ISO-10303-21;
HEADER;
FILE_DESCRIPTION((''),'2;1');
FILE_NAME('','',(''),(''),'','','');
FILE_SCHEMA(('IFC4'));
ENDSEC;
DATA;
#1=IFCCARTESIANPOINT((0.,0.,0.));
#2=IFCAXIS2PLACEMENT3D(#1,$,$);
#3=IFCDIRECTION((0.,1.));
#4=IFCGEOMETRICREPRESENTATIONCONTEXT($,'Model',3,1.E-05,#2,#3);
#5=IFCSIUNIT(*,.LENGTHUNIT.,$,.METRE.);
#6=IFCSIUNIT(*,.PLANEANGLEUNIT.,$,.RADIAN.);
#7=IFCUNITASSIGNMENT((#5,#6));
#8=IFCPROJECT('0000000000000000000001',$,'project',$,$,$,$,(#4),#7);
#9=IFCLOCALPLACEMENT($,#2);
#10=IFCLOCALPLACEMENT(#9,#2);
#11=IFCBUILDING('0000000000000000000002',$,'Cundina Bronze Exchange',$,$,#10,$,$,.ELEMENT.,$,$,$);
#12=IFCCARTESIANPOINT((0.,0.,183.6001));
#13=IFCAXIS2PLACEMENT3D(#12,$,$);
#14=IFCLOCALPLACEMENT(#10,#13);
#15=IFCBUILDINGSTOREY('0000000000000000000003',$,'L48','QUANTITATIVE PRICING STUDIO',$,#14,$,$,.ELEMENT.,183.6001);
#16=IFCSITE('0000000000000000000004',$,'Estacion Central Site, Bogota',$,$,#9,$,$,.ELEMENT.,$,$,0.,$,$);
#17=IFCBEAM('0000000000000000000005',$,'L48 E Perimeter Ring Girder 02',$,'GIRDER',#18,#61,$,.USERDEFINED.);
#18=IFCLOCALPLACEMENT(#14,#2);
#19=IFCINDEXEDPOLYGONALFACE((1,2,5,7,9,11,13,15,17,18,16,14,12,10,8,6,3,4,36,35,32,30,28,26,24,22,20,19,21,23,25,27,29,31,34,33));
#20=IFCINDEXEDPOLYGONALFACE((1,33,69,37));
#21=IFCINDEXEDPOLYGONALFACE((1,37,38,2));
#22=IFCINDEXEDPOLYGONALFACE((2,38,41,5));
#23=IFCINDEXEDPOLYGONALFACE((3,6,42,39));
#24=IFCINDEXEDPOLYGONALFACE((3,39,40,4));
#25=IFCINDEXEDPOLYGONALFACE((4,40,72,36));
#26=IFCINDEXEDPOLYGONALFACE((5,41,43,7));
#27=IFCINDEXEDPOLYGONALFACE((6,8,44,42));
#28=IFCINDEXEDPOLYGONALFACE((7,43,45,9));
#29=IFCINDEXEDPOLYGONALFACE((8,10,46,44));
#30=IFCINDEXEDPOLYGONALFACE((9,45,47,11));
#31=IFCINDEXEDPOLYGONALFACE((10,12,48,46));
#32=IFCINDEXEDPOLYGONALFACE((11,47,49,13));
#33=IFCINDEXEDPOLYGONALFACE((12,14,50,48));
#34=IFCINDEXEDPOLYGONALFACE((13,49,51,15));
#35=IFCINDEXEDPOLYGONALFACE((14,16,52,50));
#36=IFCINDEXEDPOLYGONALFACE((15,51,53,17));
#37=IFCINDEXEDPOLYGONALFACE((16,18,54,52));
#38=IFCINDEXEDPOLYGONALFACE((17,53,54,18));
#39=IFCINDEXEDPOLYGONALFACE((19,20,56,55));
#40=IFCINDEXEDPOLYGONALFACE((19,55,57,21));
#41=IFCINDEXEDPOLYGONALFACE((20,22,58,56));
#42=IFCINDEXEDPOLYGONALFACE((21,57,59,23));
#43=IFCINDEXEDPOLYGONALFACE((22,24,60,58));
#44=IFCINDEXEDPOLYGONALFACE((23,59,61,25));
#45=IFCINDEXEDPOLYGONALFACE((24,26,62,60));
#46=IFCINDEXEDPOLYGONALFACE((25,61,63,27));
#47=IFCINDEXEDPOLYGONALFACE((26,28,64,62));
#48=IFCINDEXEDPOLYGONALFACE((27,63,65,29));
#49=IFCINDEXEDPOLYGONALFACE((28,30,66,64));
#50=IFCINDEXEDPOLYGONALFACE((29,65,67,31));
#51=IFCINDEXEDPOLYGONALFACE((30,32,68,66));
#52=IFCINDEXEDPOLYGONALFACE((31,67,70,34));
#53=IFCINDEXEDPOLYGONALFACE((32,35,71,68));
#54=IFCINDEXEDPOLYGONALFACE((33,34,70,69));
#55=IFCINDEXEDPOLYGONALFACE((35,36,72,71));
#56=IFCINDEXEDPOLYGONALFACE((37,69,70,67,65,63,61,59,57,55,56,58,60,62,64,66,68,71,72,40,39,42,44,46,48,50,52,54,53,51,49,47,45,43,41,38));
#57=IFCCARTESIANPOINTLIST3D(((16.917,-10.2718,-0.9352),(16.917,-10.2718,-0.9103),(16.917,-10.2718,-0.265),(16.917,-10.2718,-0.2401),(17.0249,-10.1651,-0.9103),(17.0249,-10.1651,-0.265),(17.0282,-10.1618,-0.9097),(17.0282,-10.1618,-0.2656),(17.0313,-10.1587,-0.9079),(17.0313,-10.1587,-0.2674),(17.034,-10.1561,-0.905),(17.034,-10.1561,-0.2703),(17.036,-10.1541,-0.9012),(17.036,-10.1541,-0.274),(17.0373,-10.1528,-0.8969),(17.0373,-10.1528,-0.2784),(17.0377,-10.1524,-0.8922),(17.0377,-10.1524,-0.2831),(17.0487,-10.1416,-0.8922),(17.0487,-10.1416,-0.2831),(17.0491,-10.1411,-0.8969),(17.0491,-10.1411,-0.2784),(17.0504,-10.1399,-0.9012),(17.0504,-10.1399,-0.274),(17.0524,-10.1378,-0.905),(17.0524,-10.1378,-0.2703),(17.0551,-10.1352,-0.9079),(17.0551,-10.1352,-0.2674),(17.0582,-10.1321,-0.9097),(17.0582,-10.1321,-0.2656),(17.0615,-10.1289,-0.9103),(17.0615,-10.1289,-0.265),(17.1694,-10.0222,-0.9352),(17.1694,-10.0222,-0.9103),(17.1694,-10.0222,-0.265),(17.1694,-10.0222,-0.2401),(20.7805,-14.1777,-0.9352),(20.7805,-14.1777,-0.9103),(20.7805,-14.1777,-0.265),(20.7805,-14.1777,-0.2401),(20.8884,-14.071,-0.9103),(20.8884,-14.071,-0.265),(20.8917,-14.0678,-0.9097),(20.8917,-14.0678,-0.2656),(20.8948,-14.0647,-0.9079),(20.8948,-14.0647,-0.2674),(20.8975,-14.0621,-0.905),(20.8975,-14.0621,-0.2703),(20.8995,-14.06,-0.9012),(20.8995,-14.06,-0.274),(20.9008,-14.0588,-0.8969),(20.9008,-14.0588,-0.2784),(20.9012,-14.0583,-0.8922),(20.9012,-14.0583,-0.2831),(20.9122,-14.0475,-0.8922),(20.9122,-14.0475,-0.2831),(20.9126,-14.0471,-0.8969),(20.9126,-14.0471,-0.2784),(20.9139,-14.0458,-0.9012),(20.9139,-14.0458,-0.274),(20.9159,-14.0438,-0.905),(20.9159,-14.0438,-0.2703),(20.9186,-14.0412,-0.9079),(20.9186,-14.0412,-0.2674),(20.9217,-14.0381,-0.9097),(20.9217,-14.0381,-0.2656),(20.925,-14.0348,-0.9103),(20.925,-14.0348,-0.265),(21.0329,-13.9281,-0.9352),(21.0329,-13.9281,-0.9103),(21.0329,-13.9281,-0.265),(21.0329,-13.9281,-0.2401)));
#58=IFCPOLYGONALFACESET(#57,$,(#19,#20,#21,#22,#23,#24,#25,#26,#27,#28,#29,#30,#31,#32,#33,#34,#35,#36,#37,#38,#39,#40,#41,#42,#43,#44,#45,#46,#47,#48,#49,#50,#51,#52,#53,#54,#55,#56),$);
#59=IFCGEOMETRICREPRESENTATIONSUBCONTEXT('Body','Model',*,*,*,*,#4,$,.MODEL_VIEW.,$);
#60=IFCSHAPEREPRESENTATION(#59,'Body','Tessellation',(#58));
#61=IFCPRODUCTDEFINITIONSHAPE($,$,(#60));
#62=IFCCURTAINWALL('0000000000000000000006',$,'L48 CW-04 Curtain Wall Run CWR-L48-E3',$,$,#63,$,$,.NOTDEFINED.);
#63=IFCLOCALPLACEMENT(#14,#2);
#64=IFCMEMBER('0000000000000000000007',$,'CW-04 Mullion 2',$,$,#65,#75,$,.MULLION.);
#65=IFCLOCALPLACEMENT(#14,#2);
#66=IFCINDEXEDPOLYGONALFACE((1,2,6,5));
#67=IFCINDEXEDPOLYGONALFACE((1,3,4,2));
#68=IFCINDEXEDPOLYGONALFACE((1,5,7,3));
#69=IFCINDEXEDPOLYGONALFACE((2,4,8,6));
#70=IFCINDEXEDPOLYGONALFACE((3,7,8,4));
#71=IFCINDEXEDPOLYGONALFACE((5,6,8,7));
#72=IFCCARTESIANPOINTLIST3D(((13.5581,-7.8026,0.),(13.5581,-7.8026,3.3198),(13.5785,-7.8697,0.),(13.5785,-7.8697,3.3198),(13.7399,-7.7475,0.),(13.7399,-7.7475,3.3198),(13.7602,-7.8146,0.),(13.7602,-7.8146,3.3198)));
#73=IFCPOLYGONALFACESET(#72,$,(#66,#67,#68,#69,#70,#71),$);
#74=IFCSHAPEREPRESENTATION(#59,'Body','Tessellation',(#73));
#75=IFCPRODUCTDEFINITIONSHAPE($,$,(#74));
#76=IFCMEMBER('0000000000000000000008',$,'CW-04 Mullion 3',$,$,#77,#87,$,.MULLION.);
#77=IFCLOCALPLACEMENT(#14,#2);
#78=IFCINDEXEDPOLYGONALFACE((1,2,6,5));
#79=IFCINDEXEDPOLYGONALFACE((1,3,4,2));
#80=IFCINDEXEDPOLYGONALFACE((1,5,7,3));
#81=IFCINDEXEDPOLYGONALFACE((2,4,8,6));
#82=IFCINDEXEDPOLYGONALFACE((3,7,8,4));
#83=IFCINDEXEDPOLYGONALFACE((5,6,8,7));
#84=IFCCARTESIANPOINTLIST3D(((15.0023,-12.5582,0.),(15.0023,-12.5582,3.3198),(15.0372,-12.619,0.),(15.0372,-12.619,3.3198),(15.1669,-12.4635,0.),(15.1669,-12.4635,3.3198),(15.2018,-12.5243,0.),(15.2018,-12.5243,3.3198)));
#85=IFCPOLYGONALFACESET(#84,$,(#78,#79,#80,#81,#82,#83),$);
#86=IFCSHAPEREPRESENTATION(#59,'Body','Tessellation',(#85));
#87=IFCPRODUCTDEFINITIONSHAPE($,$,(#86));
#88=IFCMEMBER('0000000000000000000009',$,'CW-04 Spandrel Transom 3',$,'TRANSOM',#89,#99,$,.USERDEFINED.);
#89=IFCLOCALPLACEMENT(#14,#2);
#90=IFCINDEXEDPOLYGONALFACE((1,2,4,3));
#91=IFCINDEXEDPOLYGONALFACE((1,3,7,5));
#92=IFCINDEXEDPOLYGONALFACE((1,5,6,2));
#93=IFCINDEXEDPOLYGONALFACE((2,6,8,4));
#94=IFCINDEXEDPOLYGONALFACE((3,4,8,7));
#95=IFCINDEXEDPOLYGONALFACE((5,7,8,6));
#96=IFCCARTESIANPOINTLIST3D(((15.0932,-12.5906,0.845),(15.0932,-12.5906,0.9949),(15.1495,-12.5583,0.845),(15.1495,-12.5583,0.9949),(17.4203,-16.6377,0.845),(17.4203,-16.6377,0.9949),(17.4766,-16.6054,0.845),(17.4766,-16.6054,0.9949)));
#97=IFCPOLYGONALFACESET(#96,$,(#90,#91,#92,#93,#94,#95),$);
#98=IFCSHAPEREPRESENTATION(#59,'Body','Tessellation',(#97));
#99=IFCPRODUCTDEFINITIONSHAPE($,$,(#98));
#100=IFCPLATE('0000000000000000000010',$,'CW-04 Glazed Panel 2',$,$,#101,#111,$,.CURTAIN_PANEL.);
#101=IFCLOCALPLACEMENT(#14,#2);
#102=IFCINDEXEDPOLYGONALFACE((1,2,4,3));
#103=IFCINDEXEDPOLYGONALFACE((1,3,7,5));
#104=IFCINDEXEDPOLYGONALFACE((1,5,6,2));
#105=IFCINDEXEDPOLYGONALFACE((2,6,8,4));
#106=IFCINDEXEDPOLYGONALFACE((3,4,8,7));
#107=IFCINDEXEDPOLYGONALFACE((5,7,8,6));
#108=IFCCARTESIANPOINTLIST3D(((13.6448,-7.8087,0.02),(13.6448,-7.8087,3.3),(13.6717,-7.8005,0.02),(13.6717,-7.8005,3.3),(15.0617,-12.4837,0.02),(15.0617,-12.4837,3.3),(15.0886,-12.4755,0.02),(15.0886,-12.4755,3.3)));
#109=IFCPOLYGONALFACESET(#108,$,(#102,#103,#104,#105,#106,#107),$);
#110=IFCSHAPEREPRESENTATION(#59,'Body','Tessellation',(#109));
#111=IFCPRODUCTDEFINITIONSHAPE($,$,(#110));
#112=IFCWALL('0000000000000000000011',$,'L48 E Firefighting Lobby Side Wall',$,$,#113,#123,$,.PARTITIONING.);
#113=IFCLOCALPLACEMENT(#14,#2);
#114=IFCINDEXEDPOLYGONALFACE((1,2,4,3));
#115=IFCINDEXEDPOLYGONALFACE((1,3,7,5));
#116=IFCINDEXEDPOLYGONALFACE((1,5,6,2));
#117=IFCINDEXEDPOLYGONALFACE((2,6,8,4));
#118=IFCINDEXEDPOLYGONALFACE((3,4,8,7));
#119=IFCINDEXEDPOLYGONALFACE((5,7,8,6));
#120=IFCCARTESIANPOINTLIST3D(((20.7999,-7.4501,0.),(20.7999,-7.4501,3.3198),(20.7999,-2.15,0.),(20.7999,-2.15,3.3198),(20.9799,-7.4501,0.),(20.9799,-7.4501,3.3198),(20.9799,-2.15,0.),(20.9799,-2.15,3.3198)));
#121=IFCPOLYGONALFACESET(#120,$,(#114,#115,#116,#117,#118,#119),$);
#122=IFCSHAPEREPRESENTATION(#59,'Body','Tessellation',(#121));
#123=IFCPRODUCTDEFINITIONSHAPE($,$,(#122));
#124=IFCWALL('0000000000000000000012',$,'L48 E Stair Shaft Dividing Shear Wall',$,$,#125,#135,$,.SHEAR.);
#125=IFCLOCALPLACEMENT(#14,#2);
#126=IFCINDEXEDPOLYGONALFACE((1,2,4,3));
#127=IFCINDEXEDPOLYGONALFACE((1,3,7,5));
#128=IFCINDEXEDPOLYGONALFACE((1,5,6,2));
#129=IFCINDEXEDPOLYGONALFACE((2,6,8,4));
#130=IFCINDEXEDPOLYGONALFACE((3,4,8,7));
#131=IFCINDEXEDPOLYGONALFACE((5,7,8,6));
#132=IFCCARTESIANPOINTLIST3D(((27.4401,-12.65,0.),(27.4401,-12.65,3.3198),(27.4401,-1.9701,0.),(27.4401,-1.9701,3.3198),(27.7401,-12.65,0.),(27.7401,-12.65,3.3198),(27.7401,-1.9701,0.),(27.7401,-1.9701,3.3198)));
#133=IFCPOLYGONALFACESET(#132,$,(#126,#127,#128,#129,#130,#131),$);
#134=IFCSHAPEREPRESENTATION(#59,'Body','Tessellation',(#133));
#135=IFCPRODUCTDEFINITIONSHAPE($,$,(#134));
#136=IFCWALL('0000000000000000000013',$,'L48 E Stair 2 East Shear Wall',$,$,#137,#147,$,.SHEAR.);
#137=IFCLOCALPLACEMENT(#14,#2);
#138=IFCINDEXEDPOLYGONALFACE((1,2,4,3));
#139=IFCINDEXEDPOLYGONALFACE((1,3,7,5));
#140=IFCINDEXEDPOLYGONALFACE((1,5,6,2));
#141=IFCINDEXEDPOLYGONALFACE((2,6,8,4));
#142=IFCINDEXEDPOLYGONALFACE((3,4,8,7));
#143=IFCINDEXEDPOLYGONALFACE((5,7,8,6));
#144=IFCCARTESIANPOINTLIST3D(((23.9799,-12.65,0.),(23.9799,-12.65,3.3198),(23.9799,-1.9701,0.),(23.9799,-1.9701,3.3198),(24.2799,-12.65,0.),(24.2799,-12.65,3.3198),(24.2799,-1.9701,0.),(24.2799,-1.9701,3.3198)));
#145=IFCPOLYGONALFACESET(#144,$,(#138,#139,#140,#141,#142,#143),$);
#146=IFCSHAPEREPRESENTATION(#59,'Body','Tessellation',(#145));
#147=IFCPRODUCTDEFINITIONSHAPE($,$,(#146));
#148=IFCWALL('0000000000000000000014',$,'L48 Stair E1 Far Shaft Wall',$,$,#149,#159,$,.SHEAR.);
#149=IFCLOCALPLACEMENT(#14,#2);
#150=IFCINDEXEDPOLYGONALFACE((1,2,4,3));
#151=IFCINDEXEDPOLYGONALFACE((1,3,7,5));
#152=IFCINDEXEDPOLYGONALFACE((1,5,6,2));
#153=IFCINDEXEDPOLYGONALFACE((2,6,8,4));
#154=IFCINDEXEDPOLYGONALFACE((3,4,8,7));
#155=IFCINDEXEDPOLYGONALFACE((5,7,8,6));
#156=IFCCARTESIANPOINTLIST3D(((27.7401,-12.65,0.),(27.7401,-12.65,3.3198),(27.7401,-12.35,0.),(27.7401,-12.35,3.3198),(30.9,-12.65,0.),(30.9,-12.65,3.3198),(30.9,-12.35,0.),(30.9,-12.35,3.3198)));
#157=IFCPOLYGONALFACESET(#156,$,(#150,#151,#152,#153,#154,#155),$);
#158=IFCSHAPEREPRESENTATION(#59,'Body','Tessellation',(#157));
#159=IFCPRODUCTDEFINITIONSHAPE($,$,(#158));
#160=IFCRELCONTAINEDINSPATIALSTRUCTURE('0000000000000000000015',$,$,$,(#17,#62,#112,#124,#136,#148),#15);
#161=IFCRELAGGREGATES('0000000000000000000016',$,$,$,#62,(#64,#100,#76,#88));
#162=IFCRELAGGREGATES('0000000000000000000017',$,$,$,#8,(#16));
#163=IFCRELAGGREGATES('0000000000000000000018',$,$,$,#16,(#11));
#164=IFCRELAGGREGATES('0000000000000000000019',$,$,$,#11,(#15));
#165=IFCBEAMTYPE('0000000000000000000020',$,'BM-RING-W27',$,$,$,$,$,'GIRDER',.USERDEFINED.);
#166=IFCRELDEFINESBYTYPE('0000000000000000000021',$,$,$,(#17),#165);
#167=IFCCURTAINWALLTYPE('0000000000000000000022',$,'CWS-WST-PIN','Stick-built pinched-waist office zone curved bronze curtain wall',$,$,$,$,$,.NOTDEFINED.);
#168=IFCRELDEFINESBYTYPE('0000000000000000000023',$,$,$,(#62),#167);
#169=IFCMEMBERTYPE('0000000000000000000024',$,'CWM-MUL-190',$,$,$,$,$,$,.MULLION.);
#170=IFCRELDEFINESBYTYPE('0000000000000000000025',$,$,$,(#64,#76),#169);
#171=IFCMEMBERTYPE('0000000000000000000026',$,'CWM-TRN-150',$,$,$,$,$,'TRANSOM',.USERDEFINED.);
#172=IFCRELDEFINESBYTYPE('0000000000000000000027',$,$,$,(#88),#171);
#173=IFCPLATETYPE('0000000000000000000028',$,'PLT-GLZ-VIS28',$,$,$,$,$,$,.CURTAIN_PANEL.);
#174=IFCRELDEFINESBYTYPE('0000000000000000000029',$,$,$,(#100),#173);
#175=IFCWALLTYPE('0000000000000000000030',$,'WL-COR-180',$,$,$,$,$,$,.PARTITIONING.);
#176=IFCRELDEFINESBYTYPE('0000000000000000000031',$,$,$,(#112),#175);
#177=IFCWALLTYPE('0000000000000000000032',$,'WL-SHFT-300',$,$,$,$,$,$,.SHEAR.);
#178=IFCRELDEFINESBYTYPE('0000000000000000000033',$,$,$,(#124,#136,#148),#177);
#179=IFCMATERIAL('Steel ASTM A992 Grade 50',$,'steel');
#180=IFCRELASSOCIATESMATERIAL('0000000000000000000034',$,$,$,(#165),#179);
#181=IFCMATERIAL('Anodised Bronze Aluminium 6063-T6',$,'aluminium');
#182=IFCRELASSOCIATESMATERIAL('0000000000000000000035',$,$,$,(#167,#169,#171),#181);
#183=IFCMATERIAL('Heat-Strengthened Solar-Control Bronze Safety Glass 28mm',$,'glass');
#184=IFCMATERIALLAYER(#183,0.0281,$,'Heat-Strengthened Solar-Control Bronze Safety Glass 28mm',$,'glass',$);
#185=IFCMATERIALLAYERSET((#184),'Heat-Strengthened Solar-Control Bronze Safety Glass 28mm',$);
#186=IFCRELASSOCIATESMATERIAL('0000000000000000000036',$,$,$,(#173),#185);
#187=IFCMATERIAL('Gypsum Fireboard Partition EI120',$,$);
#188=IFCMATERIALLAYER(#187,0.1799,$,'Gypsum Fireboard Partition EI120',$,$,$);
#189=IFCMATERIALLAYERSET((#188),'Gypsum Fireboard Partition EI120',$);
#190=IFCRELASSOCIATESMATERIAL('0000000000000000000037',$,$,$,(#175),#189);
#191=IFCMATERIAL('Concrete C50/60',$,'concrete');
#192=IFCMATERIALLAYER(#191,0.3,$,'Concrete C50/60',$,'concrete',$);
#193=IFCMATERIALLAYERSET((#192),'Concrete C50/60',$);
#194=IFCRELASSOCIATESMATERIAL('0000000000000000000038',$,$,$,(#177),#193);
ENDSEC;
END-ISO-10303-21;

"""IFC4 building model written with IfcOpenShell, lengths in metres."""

from ifc_helpers import new_model, si_unit, direction, frame, frame_2d, origin, origin_2d, place, context, subcontext, project, spatial, rectangle, i_section, extrude, material, layer, layer_set, material_profile, profile_set, type_object, element, aggregate, save


model = new_model("IFC4")

# Units and contexts
model_context = context("Model", 3, precision=1e-05, world=origin(), true_north=direction((0.0, 1.0)))
body_context = subcontext(model_context, "Body", "Model", "MODEL_VIEW")
ifc_project = project(units=[si_unit("LENGTHUNIT", "METRE"), si_unit("PLANEANGLEUNIT", "RADIAN")], contexts=[model_context])

# Site, building, storey
site_placement = place(None, origin())
site = spatial("IfcSite", under=ifc_project, at=site_placement, Name="Estacion Central Site, Bogota", CompositionType="ELEMENT", RefElevation=0.0)
building_placement = place(site_placement, origin())
building = spatial("IfcBuilding", under=site, at=building_placement, Name="Cundina Bronze Exchange", CompositionType="ELEMENT")
storey_placement = place(building_placement, frame((0.0, 0.0, 183.6001)))
storey = spatial("IfcBuildingStorey", under=building, at=storey_placement, Name="L48", Description="QUANTITATIVE PRICING STUDIO", CompositionType="ELEMENT", Elevation=183.6001)

# Shared definitions
ifc_material_1 = material(Name="Concrete C50/60", Category="concrete")

# Beam
ifc_material_2 = material(Name="Steel ASTM A992 Grade 50", Category="steel")
ifc_material_profile_1 = material_profile(ifc_material_2, i_section(OverallWidth=0.355, OverallDepth=0.6951, WebThickness=0.0154, FlangeThickness=0.0249, FilletRadius=0.0181, at=origin_2d()), Name="W27X146", Category="steel")
ifc_profile_set_1 = profile_set([ifc_material_profile_1], Name="Steel ASTM A992 Grade 50")
beam_type_1 = type_object("IfcBeamType", Name="BM-RING-W27", ElementType="GIRDER", PredefinedType="USERDEFINED", material=ifc_profile_set_1)
beam_1_placement = place(storey_placement, frame((17.0432, -10.147, -0.5876), z_axis=(0.70323, -0.710962, 0.0), x_axis=(0.710962, 0.70323, 0.0)))
element("IfcBeam", 1, at=beam_1_placement, inside=storey, type_object=beam_type_1, Name="L48 E Perimeter Ring Girder 02", ObjectType="GIRDER", PredefinedType="USERDEFINED", context=body_context, shape_type="SweptSolid", body=[
    extrude(i_section(OverallWidth=0.355, OverallDepth=0.6951, WebThickness=0.0154, FlangeThickness=0.0249, FilletRadius=0.0181, at=origin_2d()), origin(), (0.0, 0.0, 1.0), 5.4939),
])

# Curtain wall, members, plate
ifc_material_3 = material(Name="Anodised Bronze Aluminium 6063-T6", Category="aluminium")
curtain_wall_type = type_object("IfcCurtainWallType", Name="CWS-WST-PIN", Description="Stick-built pinched-waist office zone curved bronze curtain wall", PredefinedType="NOTDEFINED", material=ifc_material_3)
curtain_wall_placement = place(storey_placement, origin())
curtain_wall = element("IfcCurtainWall", 2, at=curtain_wall_placement, inside=storey, type_object=curtain_wall_type, Name="L48 CW-04 Curtain Wall Run CWR-L48-E3", PredefinedType="NOTDEFINED")
ifc_material_profile_2 = material_profile(ifc_material_3, rectangle(XDim=0.0701, YDim=0.1899, at=origin_2d()), Name="AL70X190", Category="aluminium")
ifc_profile_set_2 = profile_set([ifc_material_profile_2], Name="Anodised Bronze Aluminium 6063-T6")
member_type_1 = type_object("IfcMemberType", Name="CWM-MUL-190", PredefinedType="MULLION", material=ifc_profile_set_2)
member_1_placement = place(storey_placement, frame((13.6592, -7.8086, 0.0), z_axis=(0.0, 0.0, 1.0), x_axis=(0.290034, -0.957016, 0.0)))
member_1 = element("IfcMember", 3, at=member_1_placement, type_object=member_type_1, Name="CW-04 Mullion 2", PredefinedType="MULLION", context=body_context, shape_type="SweptSolid", body=[
    extrude(rectangle(XDim=0.0701, YDim=0.1899, at=origin_2d()), origin(), (0.0, 0.0, 1.0), 3.3198),
])
member_2_placement = place(storey_placement, frame((15.1021, -12.5413, 0.0), z_axis=(0.0, 0.0, 1.0), x_axis=(0.498488, -0.866897, 0.0)))
member_2 = element("IfcMember", 4, at=member_2_placement, type_object=member_type_1, Name="CW-04 Mullion 3", PredefinedType="MULLION", context=body_context, shape_type="SweptSolid", body=[
    extrude(rectangle(XDim=0.0701, YDim=0.1899, at=origin_2d()), origin(), (0.0, 0.0, 1.0), 3.3198),
])
ifc_material_profile_3 = material_profile(ifc_material_3, rectangle(XDim=0.0649, YDim=0.1499, at=origin_2d()), Name="AL65X150", Category="aluminium")
ifc_profile_set_3 = profile_set([ifc_material_profile_3], Name="Anodised Bronze Aluminium 6063-T6")
member_type_2 = type_object("IfcMemberType", Name="CWM-TRN-150", ElementType="TRANSOM", PredefinedType="USERDEFINED", material=ifc_profile_set_3)
member_3_placement = place(storey_placement, frame((15.1213, -12.5745, 0.9199), z_axis=(0.49848, -0.866901, 0.0), x_axis=(0.866901, 0.49848, 0.0)))
member_3 = element("IfcMember", 5, at=member_3_placement, type_object=member_type_2, Name="CW-04 Spandrel Transom 3", ObjectType="TRANSOM", PredefinedType="USERDEFINED", context=body_context, shape_type="SweptSolid", body=[
    extrude(rectangle(XDim=0.0649, YDim=0.1499, at=origin_2d()), origin(), (0.0, 0.0, 1.0), 4.6685),
])
ifc_material_4 = material(Name="Heat-Strengthened Solar-Control Bronze Safety Glass 28mm", Category="glass")
ifc_layer_1 = layer(ifc_material_4, 0.0281, Name="Heat-Strengthened Solar-Control Bronze Safety Glass 28mm", Category="glass")
ifc_layer_set_1 = layer_set([ifc_layer_1], Name="Heat-Strengthened Solar-Control Bronze Safety Glass 28mm")
plate_type = type_object("IfcPlateType", Name="PLT-GLZ-VIS28", PredefinedType="CURTAIN_PANEL", material=ifc_layer_set_1)
plate_placement = place(storey_placement, frame((14.3667, -10.1421, 0.02), z_axis=(0.0, 0.0, 1.0), x_axis=(0.290051, -0.957011, 0.0)))
plate = element("IfcPlate", 6, at=plate_placement, type_object=plate_type, Name="CW-04 Glazed Panel 2", PredefinedType="CURTAIN_PANEL", context=body_context, shape_type="SweptSolid", body=[
    extrude(rectangle(XDim=4.885, YDim=0.0281, at=origin_2d()), origin(), (0.0, 0.0, 1.0), 3.28),
])
aggregate(curtain_wall, [member_1, plate, member_2, member_3])

# Walls
ifc_material_5 = material(Name="Gypsum Fireboard Partition EI120")
ifc_layer_2 = layer(ifc_material_5, 0.1799, Name="Gypsum Fireboard Partition EI120")
ifc_layer_set_2 = layer_set([ifc_layer_2], Name="Gypsum Fireboard Partition EI120")
wall_type_1 = type_object("IfcWallType", Name="WL-COR-180", PredefinedType="PARTITIONING", material=ifc_layer_set_2)
wall_1_placement = place(storey_placement, frame((20.8899, -7.45, 0.0), z_axis=(0.0, 0.0, 1.0), x_axis=(0.0, 1.0, 0.0)))
element("IfcWall", 7, at=wall_1_placement, inside=storey, type_object=wall_type_1, Name="L48 E Firefighting Lobby Side Wall", PredefinedType="PARTITIONING", context=body_context, shape_type="SweptSolid", body=[
    extrude(rectangle(XDim=5.3, YDim=0.1799, at=frame_2d((2.6499, 0.0))), origin(), (0.0, 0.0, 1.0), 3.3198),
])
ifc_layer_3 = layer(ifc_material_1, 0.3, Name="Concrete C50/60", Category="concrete")
ifc_layer_set_3 = layer_set([ifc_layer_3], Name="Concrete C50/60")
wall_type_2 = type_object("IfcWallType", Name="WL-SHFT-300", PredefinedType="SHEAR", material=ifc_layer_set_3)
for number, where, z_axis, x_axis, name in (
    (8, (27.5901, -12.6499, 0.0), (0.0, 0.0, 1.0), (0.0, 1.0, 0.0), "L48 E Stair Shaft Dividing Shear Wall"),
    (9, (24.1299, -12.6499, 0.0), (0.0, 0.0, 1.0), (0.0, 1.0, 0.0), "L48 E Stair 2 East Shear Wall"),
):
    element("IfcWall", number, at=place(storey_placement, frame(where, z_axis=z_axis, x_axis=x_axis)), inside=storey, type_object=wall_type_2, Name=name, PredefinedType="SHEAR", context=body_context, shape_type="SweptSolid", body=[
        extrude(rectangle(XDim=10.6799, YDim=0.3, at=frame_2d((5.3398, 0.0))), origin(), (0.0, 0.0, 1.0), 3.3198),
    ])
wall_2_placement = place(storey_placement, frame((27.74, -12.5, 0.0), z_axis=(0.0, 0.0, 1.0), x_axis=(1.0, 0.0, 0.0)))
element("IfcWall", 10, at=wall_2_placement, inside=storey, type_object=wall_type_2, Name="L48 Stair E1 Far Shaft Wall", PredefinedType="SHEAR", context=body_context, shape_type="SweptSolid", body=[
    extrude(rectangle(XDim=3.1599, YDim=0.3, at=frame_2d((1.5801, 0.0))), origin(), (0.0, 0.0, 1.0), 3.3198),
])

save(model, "model.ifc")
